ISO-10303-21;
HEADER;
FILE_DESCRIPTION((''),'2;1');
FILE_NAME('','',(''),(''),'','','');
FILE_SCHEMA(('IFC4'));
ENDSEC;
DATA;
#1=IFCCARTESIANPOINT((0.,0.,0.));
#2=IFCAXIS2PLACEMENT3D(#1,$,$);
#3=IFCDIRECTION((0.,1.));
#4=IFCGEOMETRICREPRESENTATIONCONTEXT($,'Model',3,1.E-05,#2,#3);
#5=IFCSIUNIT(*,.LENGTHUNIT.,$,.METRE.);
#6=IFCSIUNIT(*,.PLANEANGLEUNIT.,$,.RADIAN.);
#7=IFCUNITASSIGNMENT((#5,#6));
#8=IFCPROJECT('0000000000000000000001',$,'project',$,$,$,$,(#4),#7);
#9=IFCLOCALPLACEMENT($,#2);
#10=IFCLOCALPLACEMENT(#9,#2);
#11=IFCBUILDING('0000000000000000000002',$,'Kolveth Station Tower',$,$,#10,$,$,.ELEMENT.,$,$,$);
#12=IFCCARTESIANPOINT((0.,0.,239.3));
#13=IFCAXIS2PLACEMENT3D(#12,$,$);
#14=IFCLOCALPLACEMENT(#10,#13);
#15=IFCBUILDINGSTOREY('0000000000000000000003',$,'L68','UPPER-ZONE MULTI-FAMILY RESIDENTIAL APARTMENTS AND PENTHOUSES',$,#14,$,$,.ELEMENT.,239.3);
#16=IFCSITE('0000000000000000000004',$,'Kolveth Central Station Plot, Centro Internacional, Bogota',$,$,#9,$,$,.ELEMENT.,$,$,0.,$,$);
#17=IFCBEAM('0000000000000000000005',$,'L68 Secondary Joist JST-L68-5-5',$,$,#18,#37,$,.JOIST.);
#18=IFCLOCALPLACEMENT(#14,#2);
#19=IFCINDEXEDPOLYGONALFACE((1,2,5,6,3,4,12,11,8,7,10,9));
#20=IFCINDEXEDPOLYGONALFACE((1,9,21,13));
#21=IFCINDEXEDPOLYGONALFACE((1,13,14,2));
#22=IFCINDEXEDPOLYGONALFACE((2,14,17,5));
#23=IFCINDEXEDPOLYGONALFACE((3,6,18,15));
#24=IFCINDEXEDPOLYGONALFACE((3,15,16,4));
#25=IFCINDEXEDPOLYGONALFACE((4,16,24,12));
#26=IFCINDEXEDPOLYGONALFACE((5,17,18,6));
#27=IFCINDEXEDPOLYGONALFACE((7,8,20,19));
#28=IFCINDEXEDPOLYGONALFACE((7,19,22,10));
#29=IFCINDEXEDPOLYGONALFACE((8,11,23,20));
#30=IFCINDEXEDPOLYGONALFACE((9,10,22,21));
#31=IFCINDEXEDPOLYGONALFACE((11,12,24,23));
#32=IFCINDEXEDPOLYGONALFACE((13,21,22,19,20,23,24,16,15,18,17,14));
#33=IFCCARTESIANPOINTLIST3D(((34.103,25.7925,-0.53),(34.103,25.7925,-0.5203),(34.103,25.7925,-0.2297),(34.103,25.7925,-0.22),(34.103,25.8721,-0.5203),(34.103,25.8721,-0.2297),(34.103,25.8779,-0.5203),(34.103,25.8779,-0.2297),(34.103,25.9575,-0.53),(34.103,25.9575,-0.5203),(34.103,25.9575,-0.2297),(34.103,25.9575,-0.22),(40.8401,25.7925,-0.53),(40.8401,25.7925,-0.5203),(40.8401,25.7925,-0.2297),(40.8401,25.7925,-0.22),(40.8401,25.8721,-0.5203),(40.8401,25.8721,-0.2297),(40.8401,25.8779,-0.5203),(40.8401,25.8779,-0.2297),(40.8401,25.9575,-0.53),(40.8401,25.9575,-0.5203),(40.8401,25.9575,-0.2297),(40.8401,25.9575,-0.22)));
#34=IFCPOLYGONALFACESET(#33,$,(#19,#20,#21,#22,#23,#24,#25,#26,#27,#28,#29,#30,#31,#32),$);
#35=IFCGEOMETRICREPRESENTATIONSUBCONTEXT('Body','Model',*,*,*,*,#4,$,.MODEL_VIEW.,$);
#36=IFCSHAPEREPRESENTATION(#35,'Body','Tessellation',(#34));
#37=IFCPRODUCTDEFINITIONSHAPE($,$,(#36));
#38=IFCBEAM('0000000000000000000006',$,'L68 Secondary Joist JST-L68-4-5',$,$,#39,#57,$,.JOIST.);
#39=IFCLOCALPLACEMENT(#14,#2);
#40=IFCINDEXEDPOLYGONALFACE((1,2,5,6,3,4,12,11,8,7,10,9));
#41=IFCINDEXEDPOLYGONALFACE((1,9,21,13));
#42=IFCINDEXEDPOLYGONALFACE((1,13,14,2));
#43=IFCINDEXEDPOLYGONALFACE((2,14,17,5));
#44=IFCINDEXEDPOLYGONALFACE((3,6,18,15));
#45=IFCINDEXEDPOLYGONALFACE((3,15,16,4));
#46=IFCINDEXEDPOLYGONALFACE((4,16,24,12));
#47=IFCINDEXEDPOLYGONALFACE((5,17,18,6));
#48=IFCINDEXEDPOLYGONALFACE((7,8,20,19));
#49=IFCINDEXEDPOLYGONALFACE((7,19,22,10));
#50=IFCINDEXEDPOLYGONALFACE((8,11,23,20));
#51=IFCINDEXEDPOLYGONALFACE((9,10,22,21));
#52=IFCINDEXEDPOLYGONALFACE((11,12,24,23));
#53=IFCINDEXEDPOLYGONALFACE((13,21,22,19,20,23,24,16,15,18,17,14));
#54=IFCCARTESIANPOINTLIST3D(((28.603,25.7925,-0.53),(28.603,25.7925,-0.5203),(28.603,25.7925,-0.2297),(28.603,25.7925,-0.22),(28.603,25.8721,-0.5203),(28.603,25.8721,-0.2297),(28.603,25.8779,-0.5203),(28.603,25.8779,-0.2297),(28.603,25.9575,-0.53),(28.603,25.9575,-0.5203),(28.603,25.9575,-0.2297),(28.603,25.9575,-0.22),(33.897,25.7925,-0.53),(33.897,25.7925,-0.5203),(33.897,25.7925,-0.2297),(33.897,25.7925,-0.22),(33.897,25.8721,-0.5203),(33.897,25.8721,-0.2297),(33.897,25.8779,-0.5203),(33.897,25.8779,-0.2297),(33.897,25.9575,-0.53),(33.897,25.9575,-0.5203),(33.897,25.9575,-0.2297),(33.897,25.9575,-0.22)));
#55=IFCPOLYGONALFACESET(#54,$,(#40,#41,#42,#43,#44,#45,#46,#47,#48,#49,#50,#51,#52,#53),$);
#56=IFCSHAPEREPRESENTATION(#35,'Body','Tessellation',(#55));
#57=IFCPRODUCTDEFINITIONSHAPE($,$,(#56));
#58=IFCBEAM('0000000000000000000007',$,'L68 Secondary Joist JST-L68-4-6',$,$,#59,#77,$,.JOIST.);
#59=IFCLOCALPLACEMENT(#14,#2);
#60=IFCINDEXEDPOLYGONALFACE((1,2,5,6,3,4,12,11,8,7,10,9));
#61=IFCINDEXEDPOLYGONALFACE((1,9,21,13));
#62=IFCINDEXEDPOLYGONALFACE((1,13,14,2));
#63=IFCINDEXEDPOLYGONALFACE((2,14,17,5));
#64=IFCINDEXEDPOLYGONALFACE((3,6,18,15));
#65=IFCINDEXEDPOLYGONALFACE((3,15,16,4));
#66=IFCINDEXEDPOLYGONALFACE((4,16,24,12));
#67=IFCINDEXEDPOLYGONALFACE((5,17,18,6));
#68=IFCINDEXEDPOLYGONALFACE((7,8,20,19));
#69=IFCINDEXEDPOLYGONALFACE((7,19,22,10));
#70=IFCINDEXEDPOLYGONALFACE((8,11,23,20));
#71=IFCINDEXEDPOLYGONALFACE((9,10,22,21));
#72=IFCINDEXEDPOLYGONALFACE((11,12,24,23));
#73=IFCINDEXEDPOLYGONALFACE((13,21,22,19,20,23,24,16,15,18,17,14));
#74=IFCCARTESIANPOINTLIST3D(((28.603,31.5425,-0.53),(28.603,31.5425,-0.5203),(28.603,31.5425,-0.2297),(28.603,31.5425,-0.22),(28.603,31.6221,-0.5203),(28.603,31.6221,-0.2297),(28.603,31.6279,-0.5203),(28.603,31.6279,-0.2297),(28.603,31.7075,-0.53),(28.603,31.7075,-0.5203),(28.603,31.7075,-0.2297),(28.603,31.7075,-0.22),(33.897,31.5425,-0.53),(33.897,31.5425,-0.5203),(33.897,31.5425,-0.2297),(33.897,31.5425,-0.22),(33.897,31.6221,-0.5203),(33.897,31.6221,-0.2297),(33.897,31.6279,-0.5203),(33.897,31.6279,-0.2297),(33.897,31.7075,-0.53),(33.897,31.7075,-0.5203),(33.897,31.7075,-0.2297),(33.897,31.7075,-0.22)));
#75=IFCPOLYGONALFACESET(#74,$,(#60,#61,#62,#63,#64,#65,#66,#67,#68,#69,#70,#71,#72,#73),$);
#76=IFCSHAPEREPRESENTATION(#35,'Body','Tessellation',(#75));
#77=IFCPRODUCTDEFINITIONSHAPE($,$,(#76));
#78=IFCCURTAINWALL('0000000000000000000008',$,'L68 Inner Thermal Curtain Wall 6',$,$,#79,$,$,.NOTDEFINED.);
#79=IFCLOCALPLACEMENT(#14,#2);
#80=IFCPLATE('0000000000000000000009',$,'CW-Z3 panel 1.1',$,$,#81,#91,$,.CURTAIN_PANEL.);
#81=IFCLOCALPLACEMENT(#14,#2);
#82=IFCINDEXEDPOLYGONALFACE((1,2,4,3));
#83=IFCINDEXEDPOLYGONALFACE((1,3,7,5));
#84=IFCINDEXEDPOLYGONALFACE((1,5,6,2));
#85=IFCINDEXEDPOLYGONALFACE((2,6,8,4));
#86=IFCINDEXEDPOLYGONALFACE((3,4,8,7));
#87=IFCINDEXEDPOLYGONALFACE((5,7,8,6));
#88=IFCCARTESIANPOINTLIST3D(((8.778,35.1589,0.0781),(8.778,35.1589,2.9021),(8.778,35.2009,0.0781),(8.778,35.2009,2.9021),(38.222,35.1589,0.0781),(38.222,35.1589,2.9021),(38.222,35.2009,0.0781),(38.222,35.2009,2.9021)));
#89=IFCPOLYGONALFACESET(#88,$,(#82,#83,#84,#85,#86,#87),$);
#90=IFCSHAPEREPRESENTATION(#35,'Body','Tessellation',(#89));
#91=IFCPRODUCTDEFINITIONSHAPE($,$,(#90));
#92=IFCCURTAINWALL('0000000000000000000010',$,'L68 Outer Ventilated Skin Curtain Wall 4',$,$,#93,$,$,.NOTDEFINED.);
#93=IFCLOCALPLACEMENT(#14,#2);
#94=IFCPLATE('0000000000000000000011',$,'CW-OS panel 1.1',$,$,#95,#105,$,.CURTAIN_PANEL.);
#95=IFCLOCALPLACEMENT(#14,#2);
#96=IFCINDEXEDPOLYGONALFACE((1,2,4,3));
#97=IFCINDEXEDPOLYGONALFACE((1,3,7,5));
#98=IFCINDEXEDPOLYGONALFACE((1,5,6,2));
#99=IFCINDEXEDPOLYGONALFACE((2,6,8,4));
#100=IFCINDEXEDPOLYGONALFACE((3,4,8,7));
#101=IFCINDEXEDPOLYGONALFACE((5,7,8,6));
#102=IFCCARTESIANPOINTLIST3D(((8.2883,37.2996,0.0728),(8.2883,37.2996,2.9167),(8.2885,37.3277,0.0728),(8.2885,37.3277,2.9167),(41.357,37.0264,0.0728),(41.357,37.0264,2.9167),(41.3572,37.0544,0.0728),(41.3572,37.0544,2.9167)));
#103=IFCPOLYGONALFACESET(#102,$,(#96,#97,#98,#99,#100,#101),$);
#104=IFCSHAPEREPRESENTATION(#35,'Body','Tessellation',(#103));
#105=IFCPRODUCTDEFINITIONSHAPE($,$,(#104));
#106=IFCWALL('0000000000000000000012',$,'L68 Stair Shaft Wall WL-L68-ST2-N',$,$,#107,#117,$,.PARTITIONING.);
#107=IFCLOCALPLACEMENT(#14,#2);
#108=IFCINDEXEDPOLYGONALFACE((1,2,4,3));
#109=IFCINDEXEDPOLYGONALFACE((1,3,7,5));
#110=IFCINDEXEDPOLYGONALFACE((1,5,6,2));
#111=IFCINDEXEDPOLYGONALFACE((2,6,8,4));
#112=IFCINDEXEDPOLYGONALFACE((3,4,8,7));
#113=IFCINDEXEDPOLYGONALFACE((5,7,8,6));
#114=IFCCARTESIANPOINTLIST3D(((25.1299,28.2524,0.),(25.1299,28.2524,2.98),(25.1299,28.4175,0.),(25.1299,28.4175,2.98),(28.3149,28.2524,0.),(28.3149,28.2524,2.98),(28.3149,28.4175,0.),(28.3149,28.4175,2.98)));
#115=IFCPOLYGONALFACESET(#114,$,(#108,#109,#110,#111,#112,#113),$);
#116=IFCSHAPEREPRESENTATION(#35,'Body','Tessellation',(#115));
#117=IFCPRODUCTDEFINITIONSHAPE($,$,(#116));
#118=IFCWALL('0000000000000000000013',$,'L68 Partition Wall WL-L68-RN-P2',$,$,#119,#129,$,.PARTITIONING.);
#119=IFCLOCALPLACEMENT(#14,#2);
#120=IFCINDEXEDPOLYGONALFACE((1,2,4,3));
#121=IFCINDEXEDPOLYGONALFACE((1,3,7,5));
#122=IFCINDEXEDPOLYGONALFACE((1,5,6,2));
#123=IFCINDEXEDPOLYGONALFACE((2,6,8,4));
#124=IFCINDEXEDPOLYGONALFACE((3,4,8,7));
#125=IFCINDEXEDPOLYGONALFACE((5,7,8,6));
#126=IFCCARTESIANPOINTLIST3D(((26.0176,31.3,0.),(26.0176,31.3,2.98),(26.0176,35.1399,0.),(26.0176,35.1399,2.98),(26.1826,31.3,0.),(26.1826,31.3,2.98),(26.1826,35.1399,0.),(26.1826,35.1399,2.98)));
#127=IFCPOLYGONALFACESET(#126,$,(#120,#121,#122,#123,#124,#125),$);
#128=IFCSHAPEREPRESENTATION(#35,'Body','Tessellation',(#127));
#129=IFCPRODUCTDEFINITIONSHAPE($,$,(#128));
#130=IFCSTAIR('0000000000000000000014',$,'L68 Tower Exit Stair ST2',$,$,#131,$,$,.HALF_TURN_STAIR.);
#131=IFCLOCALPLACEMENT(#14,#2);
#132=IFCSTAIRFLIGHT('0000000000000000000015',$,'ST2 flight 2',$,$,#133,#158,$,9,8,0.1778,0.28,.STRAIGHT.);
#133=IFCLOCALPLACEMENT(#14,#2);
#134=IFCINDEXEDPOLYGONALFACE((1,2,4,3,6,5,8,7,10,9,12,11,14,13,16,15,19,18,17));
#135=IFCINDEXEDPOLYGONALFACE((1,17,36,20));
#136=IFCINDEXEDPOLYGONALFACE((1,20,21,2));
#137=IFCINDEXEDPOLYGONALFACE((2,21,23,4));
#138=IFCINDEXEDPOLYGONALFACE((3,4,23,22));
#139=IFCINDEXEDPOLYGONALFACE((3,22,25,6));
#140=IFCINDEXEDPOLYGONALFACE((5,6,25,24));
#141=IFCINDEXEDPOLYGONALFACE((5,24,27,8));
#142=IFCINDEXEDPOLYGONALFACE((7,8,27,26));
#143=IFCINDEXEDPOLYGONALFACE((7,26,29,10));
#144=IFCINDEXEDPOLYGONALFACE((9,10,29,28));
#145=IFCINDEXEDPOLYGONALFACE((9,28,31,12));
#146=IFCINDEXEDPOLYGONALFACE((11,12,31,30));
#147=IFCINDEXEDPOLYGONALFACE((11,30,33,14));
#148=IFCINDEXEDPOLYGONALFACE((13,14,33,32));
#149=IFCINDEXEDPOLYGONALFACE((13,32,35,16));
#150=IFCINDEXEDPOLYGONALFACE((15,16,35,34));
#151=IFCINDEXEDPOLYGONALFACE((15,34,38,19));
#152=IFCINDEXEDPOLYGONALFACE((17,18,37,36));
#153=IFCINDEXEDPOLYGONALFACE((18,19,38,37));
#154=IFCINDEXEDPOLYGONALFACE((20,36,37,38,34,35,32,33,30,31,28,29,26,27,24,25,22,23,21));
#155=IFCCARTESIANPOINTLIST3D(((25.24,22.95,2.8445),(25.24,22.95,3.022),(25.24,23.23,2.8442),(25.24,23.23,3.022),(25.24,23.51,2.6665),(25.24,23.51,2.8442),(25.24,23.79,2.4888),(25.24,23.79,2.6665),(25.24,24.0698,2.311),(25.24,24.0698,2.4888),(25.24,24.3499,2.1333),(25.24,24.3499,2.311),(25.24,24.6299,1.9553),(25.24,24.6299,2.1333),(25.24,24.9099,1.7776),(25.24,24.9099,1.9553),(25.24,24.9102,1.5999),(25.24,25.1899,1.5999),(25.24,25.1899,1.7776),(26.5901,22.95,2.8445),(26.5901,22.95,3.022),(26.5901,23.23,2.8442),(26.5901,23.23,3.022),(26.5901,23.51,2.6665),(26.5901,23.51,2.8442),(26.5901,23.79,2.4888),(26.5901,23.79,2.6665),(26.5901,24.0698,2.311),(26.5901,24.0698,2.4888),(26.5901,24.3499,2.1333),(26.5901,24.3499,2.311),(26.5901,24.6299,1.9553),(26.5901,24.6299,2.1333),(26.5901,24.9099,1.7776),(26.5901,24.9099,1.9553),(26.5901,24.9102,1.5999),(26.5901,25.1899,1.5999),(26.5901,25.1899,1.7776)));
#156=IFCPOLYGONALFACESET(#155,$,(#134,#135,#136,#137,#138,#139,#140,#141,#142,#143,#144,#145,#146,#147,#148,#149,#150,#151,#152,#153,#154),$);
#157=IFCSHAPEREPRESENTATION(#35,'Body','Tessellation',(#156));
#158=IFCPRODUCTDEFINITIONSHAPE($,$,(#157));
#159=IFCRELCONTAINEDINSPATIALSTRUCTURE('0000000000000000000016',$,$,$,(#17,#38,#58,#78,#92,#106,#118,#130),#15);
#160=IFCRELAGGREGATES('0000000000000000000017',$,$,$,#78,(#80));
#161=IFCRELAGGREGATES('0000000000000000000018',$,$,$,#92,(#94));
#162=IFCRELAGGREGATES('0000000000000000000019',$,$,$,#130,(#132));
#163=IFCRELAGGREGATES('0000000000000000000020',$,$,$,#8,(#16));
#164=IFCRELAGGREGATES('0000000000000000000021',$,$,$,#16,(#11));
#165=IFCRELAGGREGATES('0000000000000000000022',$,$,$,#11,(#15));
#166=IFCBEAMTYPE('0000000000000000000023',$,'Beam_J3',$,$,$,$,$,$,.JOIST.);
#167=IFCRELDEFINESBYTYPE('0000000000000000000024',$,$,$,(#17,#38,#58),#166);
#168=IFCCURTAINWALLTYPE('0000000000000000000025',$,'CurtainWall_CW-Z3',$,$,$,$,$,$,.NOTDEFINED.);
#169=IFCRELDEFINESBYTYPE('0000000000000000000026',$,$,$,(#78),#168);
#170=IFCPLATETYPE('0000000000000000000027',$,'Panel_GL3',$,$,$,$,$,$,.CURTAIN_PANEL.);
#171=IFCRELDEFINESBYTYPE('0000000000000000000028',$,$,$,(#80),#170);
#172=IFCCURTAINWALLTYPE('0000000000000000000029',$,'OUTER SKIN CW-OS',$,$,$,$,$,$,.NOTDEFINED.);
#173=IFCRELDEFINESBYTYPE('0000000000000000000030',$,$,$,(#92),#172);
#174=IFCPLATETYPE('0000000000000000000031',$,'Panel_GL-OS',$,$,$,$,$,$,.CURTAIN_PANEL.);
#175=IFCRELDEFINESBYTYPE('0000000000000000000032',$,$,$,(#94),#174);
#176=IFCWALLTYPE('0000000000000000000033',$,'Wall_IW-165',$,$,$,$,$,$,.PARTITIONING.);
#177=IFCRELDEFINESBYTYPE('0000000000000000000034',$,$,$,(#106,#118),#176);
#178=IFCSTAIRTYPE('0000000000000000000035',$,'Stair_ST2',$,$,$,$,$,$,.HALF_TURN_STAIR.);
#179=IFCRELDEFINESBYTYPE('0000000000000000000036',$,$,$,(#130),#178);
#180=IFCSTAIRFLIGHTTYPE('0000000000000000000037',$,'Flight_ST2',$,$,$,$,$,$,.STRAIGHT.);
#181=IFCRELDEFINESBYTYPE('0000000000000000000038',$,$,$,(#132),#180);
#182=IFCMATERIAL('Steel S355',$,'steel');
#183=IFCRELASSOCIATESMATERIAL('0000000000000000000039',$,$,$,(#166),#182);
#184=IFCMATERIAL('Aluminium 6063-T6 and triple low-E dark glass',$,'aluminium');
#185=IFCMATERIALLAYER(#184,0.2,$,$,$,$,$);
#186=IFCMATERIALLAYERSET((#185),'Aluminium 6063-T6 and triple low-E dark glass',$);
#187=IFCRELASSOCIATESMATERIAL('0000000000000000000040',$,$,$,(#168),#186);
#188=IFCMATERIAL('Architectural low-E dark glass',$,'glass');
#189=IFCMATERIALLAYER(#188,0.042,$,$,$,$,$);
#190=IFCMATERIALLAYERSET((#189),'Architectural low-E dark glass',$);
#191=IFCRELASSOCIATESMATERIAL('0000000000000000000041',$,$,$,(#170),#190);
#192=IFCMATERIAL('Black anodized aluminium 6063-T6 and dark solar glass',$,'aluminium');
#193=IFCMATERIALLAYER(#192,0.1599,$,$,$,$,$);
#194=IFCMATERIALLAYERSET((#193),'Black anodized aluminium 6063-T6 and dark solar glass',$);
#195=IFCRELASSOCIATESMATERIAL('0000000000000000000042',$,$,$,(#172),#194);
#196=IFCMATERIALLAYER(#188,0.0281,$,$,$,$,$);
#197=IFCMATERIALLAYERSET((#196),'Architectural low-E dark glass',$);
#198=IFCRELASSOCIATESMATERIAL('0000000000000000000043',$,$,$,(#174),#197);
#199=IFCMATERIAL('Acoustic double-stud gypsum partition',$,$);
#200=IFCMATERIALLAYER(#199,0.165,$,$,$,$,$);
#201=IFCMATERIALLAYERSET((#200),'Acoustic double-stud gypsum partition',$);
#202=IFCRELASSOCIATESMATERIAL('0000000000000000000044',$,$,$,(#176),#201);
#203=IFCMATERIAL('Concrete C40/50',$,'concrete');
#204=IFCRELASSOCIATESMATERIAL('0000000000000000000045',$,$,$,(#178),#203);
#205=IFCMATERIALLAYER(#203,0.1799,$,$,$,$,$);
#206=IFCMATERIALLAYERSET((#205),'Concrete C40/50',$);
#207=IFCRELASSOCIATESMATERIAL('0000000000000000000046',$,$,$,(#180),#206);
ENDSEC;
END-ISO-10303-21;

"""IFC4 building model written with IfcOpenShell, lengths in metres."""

from ifc_helpers import new_model, si_unit, direction, frame, frame_2d, origin, origin_2d, place, context, subcontext, project, spatial, polyline, rectangle, i_section, outline, extrude, source, transform, mapped, material, layer, layer_set, material_profile, profile_set, type_object, element, aggregate, save


model = new_model("IFC4")

# Units and contexts
model_context = context("Model", 3, precision=1e-05, world=origin(), true_north=direction((0.0, 1.0)))
body_context = subcontext(model_context, "Body", "Model", "MODEL_VIEW")
ifc_project = project(units=[si_unit("LENGTHUNIT", "METRE"), si_unit("PLANEANGLEUNIT", "RADIAN")], contexts=[model_context])

# Site, building, storey
site_placement = place(None, origin())
site = spatial("IfcSite", under=ifc_project, at=site_placement, Name="Kolveth Central Station Plot, Centro Internacional, Bogota", CompositionType="ELEMENT", RefElevation=0.0)
building_placement = place(site_placement, origin())
building = spatial("IfcBuilding", under=site, at=building_placement, Name="Kolveth Station Tower", CompositionType="ELEMENT")
storey_placement = place(building_placement, frame((0.0, 0.0, 239.3)))
storey = spatial("IfcBuildingStorey", under=building, at=storey_placement, Name="L68", Description="UPPER-ZONE MULTI-FAMILY RESIDENTIAL APARTMENTS AND PENTHOUSES", CompositionType="ELEMENT", Elevation=239.3)

# Shared definitions
ifc_material_1 = material(Name="Steel S355", Category="steel")

# Beams
ifc_material_profile_1 = material_profile(ifc_material_1, i_section(OverallWidth=0.165, OverallDepth=0.3101, WebThickness=0.0059, FlangeThickness=0.0098, at=origin_2d()), Name="W310x39")
ifc_profile_set_1 = profile_set([ifc_material_profile_1], Name="Steel S355")
beam_type_1 = type_object("IfcBeamType", Name="Beam_J3", PredefinedType="JOIST", material=ifc_profile_set_1)
shared_shape_1 = source(origin(), body_context, "Body", "SweptSolid", [
    extrude(i_section(OverallWidth=0.165, OverallDepth=0.3101, WebThickness=0.0059, FlangeThickness=0.0098, at=origin_2d()), origin(), (0.0, 0.0, 1.0), 6.7371),
])
beam_1_placement = place(storey_placement, frame((34.103, 25.875, -0.375), z_axis=(1.0, 0.0, 0.0), x_axis=(0.0, 1.0, 0.0)))
element("IfcBeam", 1, at=beam_1_placement, inside=storey, type_object=beam_type_1, Name="L68 Secondary Joist JST-L68-5-5", PredefinedType="JOIST", context=body_context, shape_type="MappedRepresentation", body=[
    mapped(shared_shape_1, transform((0.0, 0.0, 0.0), x_axis=(1.0, 0.0, 0.0), y_axis=(0.0, 1.0, 0.0), z_axis=(0.0, 0.0, 1.0), scale=1.0)),
])
shared_shape_2 = source(origin(), body_context, "Body", "SweptSolid", [
    extrude(i_section(OverallWidth=0.165, OverallDepth=0.3101, WebThickness=0.0059, FlangeThickness=0.0098, at=origin_2d()), origin(), (0.0, 0.0, 1.0), 5.2939),
])
for number, where, z_axis, x_axis, name in (
    (2, (28.603, 25.875, -0.375), (1.0, 0.0, 0.0), (0.0, 1.0, 0.0), "L68 Secondary Joist JST-L68-4-5"),
    (3, (28.603, 31.625, -0.375), (1.0, 0.0, 0.0), (0.0, 1.0, 0.0), "L68 Secondary Joist JST-L68-4-6"),
):
    element("IfcBeam", number, at=place(storey_placement, frame(where, z_axis=z_axis, x_axis=x_axis)), inside=storey, type_object=beam_type_1, Name=name, PredefinedType="JOIST", context=body_context, shape_type="MappedRepresentation", body=[
        mapped(shared_shape_2, transform((0.0, 0.0, 0.0), x_axis=(1.0, 0.0, 0.0), y_axis=(0.0, 1.0, 0.0), z_axis=(0.0, 0.0, 1.0), scale=1.0)),
    ])

# Curtain walls, plates
ifc_material_2 = material(Name="Aluminium 6063-T6 and triple low-E dark glass", Category="aluminium")
ifc_layer_1 = layer(ifc_material_2, 0.2)
ifc_layer_set_1 = layer_set([ifc_layer_1], Name="Aluminium 6063-T6 and triple low-E dark glass")
curtain_wall_type_1 = type_object("IfcCurtainWallType", Name="CurtainWall_CW-Z3", PredefinedType="NOTDEFINED", material=ifc_layer_set_1)
curtain_wall_1_placement = place(storey_placement, origin())
curtain_wall_1 = element("IfcCurtainWall", 4, at=curtain_wall_1_placement, inside=storey, type_object=curtain_wall_type_1, Name="L68 Inner Thermal Curtain Wall 6", PredefinedType="NOTDEFINED")
ifc_material_3 = material(Name="Architectural low-E dark glass", Category="glass")
ifc_layer_2 = layer(ifc_material_3, 0.042)
ifc_layer_set_2 = layer_set([ifc_layer_2], Name="Architectural low-E dark glass")
plate_type_1 = type_object("IfcPlateType", Name="Panel_GL3", PredefinedType="CURTAIN_PANEL", material=ifc_layer_set_2)
shared_shape_3 = source(origin(), body_context, "Body", "SweptSolid", [
    extrude(rectangle(XDim=29.4441, YDim=0.042, at=origin_2d()), origin(), (0.0, 0.0, 1.0), 2.824),
])
plate_1_placement = place(storey_placement, frame((23.5, 35.1799, 0.0781), z_axis=(0.0, 0.0, 1.0), x_axis=(-1.0, 0.0, 0.0)))
plate_1 = element("IfcPlate", 5, at=plate_1_placement, type_object=plate_type_1, Name="CW-Z3 panel 1.1", PredefinedType="CURTAIN_PANEL", context=body_context, shape_type="MappedRepresentation", body=[
    mapped(shared_shape_3, transform((0.0, 0.0, 0.0), x_axis=(1.0, 0.0, 0.0), y_axis=(0.0, 1.0, 0.0), z_axis=(0.0, 0.0, 1.0), scale=1.0)),
])
aggregate(curtain_wall_1, [plate_1])
ifc_material_4 = material(Name="Black anodized aluminium 6063-T6 and dark solar glass", Category="aluminium")
ifc_layer_3 = layer(ifc_material_4, 0.1599)
ifc_layer_set_3 = layer_set([ifc_layer_3], Name="Black anodized aluminium 6063-T6 and dark solar glass")
curtain_wall_type_2 = type_object("IfcCurtainWallType", Name="OUTER SKIN CW-OS", PredefinedType="NOTDEFINED", material=ifc_layer_set_3)
curtain_wall_2_placement = place(storey_placement, origin())
curtain_wall_2 = element("IfcCurtainWall", 6, at=curtain_wall_2_placement, inside=storey, type_object=curtain_wall_type_2, Name="L68 Outer Ventilated Skin Curtain Wall 4", PredefinedType="NOTDEFINED")
ifc_layer_4 = layer(ifc_material_3, 0.0281)
ifc_layer_set_4 = layer_set([ifc_layer_4], Name="Architectural low-E dark glass")
plate_type_2 = type_object("IfcPlateType", Name="Panel_GL-OS", PredefinedType="CURTAIN_PANEL", material=ifc_layer_set_4)
shared_shape_4 = source(origin(), body_context, "Body", "SweptSolid", [
    extrude(rectangle(XDim=33.0698, YDim=0.0281, at=origin_2d()), origin(), (0.0, 0.0, 1.0), 2.844),
])
plate_2_placement = place(storey_placement, frame((24.8228, 37.177, 0.0728), z_axis=(0.0, 0.0, 1.0), x_axis=(-0.999966, 0.008262, 0.0)))
plate_2 = element("IfcPlate", 7, at=plate_2_placement, type_object=plate_type_2, Name="CW-OS panel 1.1", PredefinedType="CURTAIN_PANEL", context=body_context, shape_type="MappedRepresentation", body=[
    mapped(shared_shape_4, transform((0.0, 0.0, 0.0), x_axis=(1.0, 0.0, 0.0), y_axis=(0.0, 1.0, 0.0), z_axis=(0.0, 0.0, 1.0), scale=1.0)),
])
aggregate(curtain_wall_2, [plate_2])

# Walls
ifc_material_5 = material(Name="Acoustic double-stud gypsum partition")
ifc_layer_5 = layer(ifc_material_5, 0.165)
ifc_layer_set_5 = layer_set([ifc_layer_5], Name="Acoustic double-stud gypsum partition")
wall_type_1 = type_object("IfcWallType", Name="Wall_IW-165", PredefinedType="PARTITIONING", material=ifc_layer_set_5)
wall_1_placement = place(storey_placement, frame((25.1299, 28.335, 0.0), z_axis=(0.0, 0.0, 1.0), x_axis=(1.0, 0.0, 0.0)))
element("IfcWall", 8, at=wall_1_placement, inside=storey, type_object=wall_type_1, Name="L68 Stair Shaft Wall WL-L68-ST2-N", PredefinedType="PARTITIONING", context=body_context, shape_type="SweptSolid", body=[
    extrude(rectangle(XDim=3.1851, YDim=0.165, at=frame_2d((1.5925, 0.0))), origin(), (0.0, 0.0, 1.0), 2.98),
])
wall_2_placement = place(storey_placement, frame((26.1001, 31.3, 0.0), z_axis=(0.0, 0.0, 1.0), x_axis=(0.0, 1.0, 0.0)))
element("IfcWall", 9, at=wall_2_placement, inside=storey, type_object=wall_type_1, Name="L68 Partition Wall WL-L68-RN-P2", PredefinedType="PARTITIONING", context=body_context, shape_type="SweptSolid", body=[
    extrude(rectangle(XDim=3.8398, YDim=0.165, at=frame_2d((1.9199, 0.0))), origin(), (0.0, 0.0, 1.0), 2.98),
])

# Stair, stair flight
ifc_material_6 = material(Name="Concrete C40/50", Category="concrete")
stair_type = type_object("IfcStairType", Name="Stair_ST2", PredefinedType="HALF_TURN_STAIR", material=ifc_material_6)
stair_placement = place(storey_placement, origin())
stair = element("IfcStair", 10, at=stair_placement, inside=storey, type_object=stair_type, Name="L68 Tower Exit Stair ST2", PredefinedType="HALF_TURN_STAIR")
ifc_layer_6 = layer(ifc_material_6, 0.1799)
ifc_layer_set_6 = layer_set([ifc_layer_6], Name="Concrete C40/50")
stair_flight_type = type_object("IfcStairFlightType", Name="Flight_ST2", PredefinedType="STRAIGHT", material=ifc_layer_set_6)
stair_flight_placement = place(storey_placement, frame((25.915, 25.1899, 1.5999), z_axis=(0.0, 0.0, 1.0), x_axis=(0.0, -1.0, 0.0)))
stair_flight = element("IfcStairFlight", 11, at=stair_flight_placement, type_object=stair_flight_type, Name="ST2 flight 2", NumberOfRisers=9, NumberOfTreads=8, PredefinedType="STRAIGHT", RiserHeight=0.1778, TreadLength=0.28, context=body_context, shape_type="SweptSolid", body=[
    extrude(outline(polyline([(0.0, 0.0), (0.0, 0.1777), (0.28, 0.1777), (0.28, 0.3555), (0.5601, 0.3555), (0.5601, 0.5334), (0.8401, 0.5334), (0.8401, 0.7112), (1.1201, 0.7112), (1.1201, 0.8889), (1.3999, 0.8889), (1.3999, 1.0667), (1.6799, 1.0667), (1.6799, 1.2444), (1.96, 1.2444), (1.96, 1.4221), (2.24, 1.4221), (2.24, 1.6001), (2.24, 1.2446), (0.2798, 0.0), (0.0, 0.0)])), frame((0.0, 0.675, 0.0), z_axis=(0.0, -1.0, 0.0), x_axis=(1.0, 0.0, 0.0)), (0.0, 0.0, 1.0), 1.3501),
])
aggregate(stair, [stair_flight])

save(model, "model.ifc")
